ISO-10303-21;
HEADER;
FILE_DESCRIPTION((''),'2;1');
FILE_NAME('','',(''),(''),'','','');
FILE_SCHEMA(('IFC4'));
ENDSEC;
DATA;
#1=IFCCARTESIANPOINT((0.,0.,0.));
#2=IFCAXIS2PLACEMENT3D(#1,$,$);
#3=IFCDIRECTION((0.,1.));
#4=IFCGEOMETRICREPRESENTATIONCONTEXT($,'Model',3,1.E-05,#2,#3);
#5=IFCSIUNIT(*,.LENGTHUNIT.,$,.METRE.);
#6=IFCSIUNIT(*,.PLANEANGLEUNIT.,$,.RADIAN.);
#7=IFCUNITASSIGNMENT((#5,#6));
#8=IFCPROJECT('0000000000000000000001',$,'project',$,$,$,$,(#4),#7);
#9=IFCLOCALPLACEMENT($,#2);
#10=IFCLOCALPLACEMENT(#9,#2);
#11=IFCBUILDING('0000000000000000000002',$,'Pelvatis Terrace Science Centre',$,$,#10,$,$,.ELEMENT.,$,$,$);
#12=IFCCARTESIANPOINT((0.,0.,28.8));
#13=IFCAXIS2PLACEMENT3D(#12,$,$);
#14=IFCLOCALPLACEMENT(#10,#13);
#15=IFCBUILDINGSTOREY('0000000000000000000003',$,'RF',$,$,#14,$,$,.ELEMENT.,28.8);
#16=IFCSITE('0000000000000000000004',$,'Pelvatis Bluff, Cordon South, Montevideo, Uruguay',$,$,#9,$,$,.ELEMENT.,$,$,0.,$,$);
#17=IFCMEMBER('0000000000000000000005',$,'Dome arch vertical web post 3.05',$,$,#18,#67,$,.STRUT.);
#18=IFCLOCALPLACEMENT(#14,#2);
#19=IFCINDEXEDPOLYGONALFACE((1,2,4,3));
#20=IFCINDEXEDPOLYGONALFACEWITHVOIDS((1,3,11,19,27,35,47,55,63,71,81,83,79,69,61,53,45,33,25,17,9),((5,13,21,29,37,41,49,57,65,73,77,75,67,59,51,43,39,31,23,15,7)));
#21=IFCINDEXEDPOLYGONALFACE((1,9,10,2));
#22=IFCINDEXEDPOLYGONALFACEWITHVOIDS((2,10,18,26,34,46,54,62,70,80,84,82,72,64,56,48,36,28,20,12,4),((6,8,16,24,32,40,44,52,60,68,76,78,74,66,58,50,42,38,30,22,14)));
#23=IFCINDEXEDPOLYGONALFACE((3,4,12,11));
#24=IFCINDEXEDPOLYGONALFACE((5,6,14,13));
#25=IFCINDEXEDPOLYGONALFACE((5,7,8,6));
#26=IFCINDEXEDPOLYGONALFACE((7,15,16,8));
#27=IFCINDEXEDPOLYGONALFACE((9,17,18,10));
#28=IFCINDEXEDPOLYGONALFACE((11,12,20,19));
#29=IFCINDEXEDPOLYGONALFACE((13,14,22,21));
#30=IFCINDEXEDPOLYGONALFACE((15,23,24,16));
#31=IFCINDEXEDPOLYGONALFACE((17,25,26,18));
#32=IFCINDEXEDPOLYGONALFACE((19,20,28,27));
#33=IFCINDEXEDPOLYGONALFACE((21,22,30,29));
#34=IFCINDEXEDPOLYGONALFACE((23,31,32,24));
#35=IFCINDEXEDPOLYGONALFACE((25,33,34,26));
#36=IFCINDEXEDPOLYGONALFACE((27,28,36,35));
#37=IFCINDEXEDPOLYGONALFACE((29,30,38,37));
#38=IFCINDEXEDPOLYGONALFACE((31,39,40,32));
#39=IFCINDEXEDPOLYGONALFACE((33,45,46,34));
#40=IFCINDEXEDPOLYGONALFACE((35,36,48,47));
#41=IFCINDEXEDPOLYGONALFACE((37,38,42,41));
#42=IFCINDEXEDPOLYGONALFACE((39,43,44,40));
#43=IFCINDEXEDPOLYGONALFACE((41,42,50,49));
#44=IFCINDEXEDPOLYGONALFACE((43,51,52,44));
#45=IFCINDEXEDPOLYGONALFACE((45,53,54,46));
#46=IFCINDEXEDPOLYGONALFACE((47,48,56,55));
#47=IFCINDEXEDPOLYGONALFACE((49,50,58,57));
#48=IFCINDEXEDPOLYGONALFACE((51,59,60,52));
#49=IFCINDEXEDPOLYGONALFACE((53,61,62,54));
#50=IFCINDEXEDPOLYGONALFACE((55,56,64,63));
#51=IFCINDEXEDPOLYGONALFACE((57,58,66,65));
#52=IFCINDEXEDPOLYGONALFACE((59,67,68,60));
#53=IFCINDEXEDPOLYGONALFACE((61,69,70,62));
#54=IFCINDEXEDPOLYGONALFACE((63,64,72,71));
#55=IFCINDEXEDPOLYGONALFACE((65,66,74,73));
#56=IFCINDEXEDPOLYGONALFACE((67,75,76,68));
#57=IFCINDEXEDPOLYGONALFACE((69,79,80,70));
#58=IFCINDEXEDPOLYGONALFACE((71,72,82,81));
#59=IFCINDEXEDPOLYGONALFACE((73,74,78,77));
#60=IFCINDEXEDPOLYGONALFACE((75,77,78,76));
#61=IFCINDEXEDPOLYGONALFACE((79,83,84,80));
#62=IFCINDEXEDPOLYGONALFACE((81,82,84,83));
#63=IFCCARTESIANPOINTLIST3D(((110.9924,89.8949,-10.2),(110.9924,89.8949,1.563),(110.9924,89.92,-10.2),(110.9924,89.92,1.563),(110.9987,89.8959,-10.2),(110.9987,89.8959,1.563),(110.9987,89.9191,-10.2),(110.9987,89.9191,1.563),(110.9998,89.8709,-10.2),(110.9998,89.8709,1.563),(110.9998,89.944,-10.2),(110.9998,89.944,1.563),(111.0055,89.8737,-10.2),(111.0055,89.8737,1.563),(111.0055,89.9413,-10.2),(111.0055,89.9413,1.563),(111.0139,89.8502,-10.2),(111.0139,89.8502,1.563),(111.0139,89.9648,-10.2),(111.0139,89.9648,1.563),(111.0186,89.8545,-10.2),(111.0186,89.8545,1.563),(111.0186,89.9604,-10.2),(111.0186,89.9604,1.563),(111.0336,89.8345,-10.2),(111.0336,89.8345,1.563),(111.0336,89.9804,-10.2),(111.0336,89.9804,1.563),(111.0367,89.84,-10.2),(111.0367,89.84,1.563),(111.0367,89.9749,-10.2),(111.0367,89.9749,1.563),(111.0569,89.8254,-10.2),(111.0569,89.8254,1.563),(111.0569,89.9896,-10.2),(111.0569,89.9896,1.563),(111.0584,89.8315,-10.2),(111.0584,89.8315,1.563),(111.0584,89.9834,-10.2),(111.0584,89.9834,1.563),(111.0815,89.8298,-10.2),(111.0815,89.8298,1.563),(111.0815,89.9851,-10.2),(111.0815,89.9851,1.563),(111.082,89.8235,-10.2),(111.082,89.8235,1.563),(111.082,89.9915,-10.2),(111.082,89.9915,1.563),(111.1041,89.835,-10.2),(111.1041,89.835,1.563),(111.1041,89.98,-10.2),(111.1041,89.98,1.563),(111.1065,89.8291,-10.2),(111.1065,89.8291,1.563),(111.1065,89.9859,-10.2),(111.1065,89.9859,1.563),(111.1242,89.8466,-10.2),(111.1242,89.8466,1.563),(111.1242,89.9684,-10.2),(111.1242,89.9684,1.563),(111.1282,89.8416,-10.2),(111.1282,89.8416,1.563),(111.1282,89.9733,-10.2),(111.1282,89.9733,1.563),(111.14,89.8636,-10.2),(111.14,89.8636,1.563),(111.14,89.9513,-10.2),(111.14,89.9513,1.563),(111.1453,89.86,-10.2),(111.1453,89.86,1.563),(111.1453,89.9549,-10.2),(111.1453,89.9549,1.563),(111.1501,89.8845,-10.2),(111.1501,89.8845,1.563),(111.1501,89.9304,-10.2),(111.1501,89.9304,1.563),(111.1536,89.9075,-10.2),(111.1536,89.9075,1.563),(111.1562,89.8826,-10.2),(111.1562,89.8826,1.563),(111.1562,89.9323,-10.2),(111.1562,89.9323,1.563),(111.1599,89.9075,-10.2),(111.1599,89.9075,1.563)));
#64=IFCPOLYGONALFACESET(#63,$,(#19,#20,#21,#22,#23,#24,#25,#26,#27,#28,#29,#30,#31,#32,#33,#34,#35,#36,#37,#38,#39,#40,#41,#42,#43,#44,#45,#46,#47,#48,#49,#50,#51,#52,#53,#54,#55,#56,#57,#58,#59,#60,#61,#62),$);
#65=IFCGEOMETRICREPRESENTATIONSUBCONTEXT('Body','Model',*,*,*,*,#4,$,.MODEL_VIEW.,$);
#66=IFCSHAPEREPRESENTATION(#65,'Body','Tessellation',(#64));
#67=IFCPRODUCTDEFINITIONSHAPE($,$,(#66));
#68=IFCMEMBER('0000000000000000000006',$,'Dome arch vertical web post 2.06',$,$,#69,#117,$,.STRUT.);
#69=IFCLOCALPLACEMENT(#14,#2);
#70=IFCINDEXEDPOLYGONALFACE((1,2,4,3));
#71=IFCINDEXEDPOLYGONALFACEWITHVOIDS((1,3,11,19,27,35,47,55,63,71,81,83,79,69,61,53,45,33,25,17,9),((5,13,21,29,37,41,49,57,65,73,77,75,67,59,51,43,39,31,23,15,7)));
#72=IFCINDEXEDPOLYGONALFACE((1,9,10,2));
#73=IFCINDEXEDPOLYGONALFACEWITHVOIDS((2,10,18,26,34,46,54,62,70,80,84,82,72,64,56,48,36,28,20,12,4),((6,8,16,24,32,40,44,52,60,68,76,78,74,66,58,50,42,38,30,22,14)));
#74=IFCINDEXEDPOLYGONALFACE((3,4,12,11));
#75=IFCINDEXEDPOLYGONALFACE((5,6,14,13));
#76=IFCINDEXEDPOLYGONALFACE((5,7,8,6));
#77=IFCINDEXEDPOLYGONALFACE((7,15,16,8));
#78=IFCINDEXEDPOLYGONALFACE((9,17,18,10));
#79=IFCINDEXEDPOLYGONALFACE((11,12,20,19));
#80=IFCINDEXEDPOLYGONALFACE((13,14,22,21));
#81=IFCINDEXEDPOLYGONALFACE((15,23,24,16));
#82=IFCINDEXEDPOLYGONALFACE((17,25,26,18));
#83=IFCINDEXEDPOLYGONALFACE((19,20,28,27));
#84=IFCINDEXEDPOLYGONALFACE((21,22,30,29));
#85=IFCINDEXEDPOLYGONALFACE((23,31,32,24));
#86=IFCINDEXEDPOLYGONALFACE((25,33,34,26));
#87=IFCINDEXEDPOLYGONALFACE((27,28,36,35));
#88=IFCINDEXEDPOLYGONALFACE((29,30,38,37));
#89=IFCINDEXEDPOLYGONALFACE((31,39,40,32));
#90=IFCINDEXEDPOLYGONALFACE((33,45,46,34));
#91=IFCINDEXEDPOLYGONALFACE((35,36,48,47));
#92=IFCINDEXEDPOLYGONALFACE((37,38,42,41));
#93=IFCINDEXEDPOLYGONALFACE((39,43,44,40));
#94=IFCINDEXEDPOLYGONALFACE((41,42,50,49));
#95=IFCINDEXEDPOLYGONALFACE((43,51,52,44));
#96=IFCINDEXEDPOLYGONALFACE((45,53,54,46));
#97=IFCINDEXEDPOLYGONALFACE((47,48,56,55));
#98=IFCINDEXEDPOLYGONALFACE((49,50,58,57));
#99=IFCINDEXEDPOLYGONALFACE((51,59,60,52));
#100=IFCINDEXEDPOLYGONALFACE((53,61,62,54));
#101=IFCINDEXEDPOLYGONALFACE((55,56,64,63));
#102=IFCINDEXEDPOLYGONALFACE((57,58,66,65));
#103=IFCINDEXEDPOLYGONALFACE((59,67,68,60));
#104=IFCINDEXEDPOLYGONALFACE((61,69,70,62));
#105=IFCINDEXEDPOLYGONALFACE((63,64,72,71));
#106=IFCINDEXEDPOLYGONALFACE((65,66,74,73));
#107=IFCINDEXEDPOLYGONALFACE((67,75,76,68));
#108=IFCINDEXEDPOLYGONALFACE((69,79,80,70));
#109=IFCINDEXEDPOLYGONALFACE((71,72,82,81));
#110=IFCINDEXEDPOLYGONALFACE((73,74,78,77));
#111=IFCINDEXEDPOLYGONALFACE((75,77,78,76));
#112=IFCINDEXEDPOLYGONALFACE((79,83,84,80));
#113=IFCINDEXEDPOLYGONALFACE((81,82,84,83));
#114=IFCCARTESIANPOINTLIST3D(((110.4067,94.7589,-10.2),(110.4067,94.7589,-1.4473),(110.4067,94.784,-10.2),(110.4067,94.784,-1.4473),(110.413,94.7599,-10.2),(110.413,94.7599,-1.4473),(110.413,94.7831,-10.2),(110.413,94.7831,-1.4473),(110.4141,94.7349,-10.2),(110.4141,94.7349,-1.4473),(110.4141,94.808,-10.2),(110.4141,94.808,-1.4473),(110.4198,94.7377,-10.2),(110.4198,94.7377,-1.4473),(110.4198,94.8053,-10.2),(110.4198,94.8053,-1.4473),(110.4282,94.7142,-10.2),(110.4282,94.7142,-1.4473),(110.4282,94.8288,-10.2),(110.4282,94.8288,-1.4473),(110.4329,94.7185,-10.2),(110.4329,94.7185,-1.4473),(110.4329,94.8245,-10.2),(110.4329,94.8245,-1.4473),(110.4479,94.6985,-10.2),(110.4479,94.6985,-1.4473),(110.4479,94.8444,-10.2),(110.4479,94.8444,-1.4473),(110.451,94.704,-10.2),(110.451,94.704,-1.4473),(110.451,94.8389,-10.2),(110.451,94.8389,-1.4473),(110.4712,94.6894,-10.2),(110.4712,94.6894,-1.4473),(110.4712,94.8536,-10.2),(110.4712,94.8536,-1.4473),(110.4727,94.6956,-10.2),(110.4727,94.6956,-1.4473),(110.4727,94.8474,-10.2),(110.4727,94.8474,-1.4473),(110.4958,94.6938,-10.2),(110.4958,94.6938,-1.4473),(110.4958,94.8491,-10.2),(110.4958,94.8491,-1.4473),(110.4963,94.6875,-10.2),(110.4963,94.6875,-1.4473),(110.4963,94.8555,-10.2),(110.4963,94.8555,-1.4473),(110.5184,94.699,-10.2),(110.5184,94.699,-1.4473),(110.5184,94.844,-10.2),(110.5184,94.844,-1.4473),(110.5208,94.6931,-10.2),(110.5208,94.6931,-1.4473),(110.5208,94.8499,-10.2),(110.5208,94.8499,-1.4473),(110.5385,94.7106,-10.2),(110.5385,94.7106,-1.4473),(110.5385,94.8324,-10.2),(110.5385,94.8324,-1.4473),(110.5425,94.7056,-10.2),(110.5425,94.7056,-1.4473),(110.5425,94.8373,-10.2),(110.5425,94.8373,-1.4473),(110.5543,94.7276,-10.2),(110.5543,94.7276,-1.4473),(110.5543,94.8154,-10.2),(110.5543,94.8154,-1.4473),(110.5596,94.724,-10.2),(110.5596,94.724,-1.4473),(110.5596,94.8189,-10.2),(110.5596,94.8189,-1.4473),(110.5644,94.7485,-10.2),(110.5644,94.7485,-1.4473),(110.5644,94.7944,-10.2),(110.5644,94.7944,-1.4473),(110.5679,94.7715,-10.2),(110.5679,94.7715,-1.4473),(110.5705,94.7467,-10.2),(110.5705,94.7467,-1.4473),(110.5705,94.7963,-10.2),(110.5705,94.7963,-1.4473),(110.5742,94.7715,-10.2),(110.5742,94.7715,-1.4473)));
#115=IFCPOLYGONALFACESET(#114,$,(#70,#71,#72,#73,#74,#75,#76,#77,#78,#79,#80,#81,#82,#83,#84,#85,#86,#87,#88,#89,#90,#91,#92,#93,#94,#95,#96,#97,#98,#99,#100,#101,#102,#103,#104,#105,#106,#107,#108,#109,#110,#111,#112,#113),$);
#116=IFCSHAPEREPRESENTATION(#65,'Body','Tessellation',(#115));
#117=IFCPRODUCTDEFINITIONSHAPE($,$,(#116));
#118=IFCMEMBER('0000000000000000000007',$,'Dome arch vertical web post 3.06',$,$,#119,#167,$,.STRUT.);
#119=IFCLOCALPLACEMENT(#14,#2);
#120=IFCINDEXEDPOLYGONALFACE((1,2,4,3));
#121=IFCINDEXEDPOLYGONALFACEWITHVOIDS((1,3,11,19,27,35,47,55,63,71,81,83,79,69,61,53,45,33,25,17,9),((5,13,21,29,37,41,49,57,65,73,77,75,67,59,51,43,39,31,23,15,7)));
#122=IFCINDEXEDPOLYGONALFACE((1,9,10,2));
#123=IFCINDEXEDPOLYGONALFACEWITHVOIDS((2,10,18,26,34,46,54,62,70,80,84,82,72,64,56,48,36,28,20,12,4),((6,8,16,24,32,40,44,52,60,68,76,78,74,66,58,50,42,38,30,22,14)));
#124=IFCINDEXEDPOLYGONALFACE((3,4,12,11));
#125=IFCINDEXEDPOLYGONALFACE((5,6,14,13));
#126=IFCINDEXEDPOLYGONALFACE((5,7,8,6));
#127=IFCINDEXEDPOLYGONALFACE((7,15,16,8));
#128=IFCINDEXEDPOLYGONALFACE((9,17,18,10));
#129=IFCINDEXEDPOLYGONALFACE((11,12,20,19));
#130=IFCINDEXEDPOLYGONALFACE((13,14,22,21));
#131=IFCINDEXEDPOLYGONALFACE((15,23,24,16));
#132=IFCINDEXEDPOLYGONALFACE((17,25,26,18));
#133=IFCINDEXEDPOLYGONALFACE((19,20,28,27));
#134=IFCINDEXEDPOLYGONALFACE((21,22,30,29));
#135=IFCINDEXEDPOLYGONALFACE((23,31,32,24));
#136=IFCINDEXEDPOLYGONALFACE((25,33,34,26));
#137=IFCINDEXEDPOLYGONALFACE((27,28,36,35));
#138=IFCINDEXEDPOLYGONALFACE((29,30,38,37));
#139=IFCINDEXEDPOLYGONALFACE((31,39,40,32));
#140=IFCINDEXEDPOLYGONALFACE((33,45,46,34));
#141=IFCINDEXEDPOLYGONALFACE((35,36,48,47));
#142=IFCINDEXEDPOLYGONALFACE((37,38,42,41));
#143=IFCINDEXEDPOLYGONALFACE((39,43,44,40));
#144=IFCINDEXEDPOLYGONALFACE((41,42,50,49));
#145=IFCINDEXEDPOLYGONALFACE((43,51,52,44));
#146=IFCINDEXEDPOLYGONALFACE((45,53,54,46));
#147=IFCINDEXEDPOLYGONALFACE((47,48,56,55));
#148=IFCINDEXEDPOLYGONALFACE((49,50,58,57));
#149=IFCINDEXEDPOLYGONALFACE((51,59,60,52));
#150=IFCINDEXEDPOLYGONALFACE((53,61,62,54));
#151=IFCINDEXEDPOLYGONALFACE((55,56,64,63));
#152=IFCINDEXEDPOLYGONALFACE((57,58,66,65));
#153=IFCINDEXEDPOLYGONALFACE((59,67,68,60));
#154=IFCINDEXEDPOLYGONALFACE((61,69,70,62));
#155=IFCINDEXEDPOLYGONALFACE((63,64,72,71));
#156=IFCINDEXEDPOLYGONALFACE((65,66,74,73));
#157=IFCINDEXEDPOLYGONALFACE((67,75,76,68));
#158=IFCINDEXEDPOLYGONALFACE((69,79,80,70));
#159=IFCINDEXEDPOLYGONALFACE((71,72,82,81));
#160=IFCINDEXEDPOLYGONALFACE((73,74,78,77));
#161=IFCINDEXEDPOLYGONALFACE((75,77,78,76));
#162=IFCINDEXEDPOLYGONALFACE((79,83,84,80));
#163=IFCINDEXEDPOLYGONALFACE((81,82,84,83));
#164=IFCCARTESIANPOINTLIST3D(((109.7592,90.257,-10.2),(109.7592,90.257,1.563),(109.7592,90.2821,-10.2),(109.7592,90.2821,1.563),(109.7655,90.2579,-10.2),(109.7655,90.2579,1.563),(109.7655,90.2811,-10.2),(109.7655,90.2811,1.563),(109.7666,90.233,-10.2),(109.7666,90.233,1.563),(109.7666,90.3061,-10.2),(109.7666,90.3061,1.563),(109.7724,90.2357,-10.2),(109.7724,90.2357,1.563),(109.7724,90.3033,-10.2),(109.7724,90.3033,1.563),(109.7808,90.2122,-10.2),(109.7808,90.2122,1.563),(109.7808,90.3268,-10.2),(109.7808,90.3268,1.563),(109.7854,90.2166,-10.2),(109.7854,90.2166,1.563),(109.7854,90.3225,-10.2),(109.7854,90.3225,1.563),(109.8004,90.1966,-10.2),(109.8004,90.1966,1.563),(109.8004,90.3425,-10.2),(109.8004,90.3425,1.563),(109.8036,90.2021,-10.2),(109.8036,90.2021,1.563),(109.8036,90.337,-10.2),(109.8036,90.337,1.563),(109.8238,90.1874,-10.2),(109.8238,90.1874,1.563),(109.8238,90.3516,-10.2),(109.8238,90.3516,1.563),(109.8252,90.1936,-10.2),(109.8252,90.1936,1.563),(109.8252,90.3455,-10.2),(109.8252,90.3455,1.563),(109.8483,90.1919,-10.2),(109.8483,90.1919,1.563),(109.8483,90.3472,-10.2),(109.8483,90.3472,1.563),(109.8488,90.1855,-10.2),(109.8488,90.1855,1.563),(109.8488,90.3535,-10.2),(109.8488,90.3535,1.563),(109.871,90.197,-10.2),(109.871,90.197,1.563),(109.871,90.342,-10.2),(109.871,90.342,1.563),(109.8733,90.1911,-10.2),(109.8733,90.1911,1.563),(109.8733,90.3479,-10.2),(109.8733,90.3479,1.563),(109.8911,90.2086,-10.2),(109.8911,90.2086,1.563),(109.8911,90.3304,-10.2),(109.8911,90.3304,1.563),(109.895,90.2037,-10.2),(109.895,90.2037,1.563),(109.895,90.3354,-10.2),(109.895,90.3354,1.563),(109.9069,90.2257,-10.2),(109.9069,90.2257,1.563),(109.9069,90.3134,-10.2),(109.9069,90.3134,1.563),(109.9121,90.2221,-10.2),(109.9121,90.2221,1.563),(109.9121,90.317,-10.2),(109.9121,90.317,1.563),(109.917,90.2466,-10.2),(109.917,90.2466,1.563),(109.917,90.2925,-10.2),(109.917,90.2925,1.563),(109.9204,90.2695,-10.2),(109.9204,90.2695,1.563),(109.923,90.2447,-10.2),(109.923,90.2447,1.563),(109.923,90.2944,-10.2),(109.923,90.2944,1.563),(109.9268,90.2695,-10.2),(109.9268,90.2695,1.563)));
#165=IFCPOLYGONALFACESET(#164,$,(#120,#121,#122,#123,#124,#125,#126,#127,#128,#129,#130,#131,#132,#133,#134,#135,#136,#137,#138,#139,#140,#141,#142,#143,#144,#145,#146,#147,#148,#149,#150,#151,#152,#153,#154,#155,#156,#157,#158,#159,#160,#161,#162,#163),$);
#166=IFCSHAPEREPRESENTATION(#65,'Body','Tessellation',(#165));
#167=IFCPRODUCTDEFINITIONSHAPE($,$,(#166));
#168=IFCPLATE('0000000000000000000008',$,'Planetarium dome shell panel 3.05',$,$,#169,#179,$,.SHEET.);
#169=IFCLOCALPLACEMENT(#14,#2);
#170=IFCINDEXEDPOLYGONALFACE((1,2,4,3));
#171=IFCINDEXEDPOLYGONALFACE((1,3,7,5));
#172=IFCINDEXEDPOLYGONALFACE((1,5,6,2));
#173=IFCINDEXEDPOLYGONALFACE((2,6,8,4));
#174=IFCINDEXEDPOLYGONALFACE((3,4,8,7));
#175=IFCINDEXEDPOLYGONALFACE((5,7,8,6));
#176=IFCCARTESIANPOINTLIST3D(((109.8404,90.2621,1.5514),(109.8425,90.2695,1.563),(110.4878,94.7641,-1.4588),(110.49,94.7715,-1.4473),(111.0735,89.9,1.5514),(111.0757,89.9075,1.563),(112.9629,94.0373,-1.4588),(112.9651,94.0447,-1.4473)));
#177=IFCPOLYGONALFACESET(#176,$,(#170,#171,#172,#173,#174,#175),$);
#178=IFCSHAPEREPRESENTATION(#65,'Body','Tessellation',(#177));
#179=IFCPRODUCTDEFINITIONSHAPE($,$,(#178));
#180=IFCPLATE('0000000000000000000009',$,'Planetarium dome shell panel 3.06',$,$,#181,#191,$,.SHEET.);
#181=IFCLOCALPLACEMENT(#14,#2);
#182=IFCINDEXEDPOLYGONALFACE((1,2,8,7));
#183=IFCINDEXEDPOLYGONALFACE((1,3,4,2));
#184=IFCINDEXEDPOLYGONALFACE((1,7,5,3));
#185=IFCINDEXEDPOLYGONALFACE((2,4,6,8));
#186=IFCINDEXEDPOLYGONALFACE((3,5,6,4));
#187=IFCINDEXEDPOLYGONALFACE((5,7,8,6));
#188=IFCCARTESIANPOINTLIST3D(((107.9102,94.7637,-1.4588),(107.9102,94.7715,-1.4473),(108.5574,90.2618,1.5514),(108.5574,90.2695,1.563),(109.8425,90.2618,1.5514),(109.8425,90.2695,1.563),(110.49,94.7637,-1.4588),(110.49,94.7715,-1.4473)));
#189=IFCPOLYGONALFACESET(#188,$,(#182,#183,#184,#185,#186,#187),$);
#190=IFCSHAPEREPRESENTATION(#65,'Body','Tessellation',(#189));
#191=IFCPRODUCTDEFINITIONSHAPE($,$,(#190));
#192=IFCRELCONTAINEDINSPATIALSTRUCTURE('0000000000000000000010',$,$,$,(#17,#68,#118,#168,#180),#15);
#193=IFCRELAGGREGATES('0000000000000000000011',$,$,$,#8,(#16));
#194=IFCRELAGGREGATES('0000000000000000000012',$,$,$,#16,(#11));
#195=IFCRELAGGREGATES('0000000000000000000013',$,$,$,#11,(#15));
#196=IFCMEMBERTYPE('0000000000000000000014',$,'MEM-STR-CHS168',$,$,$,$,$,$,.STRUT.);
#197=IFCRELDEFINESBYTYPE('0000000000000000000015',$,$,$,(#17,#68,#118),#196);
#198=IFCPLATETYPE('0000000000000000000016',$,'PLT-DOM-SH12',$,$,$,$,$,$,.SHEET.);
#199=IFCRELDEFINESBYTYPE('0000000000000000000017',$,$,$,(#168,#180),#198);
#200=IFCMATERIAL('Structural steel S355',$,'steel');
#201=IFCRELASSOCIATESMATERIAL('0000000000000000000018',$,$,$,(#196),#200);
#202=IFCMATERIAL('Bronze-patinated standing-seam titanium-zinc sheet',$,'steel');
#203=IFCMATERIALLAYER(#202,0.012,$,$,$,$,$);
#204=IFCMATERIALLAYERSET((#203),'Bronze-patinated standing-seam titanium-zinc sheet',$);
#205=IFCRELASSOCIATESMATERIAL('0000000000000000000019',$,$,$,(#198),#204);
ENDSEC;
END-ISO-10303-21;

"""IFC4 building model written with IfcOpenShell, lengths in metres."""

from ifc_helpers import new_model, si_unit, direction, frame, origin, origin_2d, place, context, subcontext, project, spatial, polyline, hollow_circle, outline, extrude, material, layer, layer_set, material_profile, profile_set, type_object, element, save


model = new_model("IFC4")

# Units and contexts
model_context = context("Model", 3, precision=1e-05, world=origin(), true_north=direction((0.0, 1.0)))
body_context = subcontext(model_context, "Body", "Model", "MODEL_VIEW")
ifc_project = project(units=[si_unit("LENGTHUNIT", "METRE"), si_unit("PLANEANGLEUNIT", "RADIAN")], contexts=[model_context])

# Site, building, storey
site_placement = place(None, origin())
site = spatial("IfcSite", under=ifc_project, at=site_placement, Name="Pelvatis Bluff, Cordon South, Montevideo, Uruguay", CompositionType="ELEMENT", RefElevation=0.0)
building_placement = place(site_placement, origin())
building = spatial("IfcBuilding", under=site, at=building_placement, Name="Pelvatis Terrace Science Centre", CompositionType="ELEMENT")
storey_placement = place(building_placement, frame((0.0, 0.0, 28.8)))
storey = spatial("IfcBuildingStorey", under=building, at=storey_placement, Name="RF", CompositionType="ELEMENT", Elevation=28.8)

# Members
ifc_material_1 = material(Name="Structural steel S355", Category="steel")
ifc_material_profile_1 = material_profile(ifc_material_1, hollow_circle(Radius=0.0842, WallThickness=0.0063, at=origin_2d()), Name="CHS 168.3x6.3")
ifc_profile_set_1 = profile_set([ifc_material_profile_1], Name="Structural steel S355")
member_type_1 = type_object("IfcMemberType", Name="MEM-STR-CHS168", PredefinedType="STRUT", material=ifc_profile_set_1)
member_1_placement = place(storey_placement, frame((111.0757, 89.9075, -10.2), z_axis=(0.0, 0.0, 1.0), x_axis=(1.0, 0.0, 0.0)))
element("IfcMember", 1, at=member_1_placement, inside=storey, type_object=member_type_1, Name="Dome arch vertical web post 3.05", PredefinedType="STRUT", context=body_context, shape_type="SweptSolid", body=[
    extrude(hollow_circle(Radius=0.0842, WallThickness=0.0063, at=origin_2d()), origin(), (0.0, 0.0, 1.0), 11.7629),
])
member_2_placement = place(storey_placement, frame((110.49, 94.7715, -10.2), z_axis=(0.0, 0.0, 1.0), x_axis=(1.0, 0.0, 0.0)))
element("IfcMember", 2, at=member_2_placement, inside=storey, type_object=member_type_1, Name="Dome arch vertical web post 2.06", PredefinedType="STRUT", context=body_context, shape_type="SweptSolid", body=[
    extrude(hollow_circle(Radius=0.0842, WallThickness=0.0063, at=origin_2d()), origin(), (0.0, 0.0, 1.0), 8.7527),
])
member_3_placement = place(storey_placement, frame((109.8425, 90.2695, -10.2), z_axis=(0.0, 0.0, 1.0), x_axis=(1.0, 0.0, 0.0)))
element("IfcMember", 3, at=member_3_placement, inside=storey, type_object=member_type_1, Name="Dome arch vertical web post 3.06", PredefinedType="STRUT", context=body_context, shape_type="SweptSolid", body=[
    extrude(hollow_circle(Radius=0.0842, WallThickness=0.0063, at=origin_2d()), origin(), (0.0, 0.0, 1.0), 11.7629),
])

# Plates
ifc_material_2 = material(Name="Bronze-patinated standing-seam titanium-zinc sheet", Category="steel")
ifc_layer_1 = layer(ifc_material_2, 0.012)
ifc_layer_set_1 = layer_set([ifc_layer_1], Name="Bronze-patinated standing-seam titanium-zinc sheet")
plate_type_1 = type_object("IfcPlateType", Name="PLT-DOM-SH12", PredefinedType="SHEET", material=ifc_layer_set_1)
plate_1_placement = place(storey_placement, frame((112.9651, 94.0447, -1.4473), z_axis=(0.156603, 0.533326, 0.831287), x_axis=(-0.959489, 0.281747, -0.000006)))
element("IfcPlate", 4, at=plate_1_placement, inside=storey, type_object=plate_type_1, Name="Planetarium dome shell panel 3.05", PredefinedType="SHEET", context=body_context, shape_type="SweptSolid", body=[
    extrude(outline(polyline([(0.0, 0.0), (2.5796, 0.0), (1.9324, 5.4157), (0.6472, 5.4156), (0.0, 0.0)])), origin(), (0.0, 0.0, -1.0), 0.0139),
])
plate_2_placement = place(storey_placement, frame((110.49, 94.7715, -1.4473), z_axis=(0.0, 0.555844, 0.831287), x_axis=(-1.0, 0.0, 0.0)))
element("IfcPlate", 5, at=plate_2_placement, inside=storey, type_object=plate_type_1, Name="Planetarium dome shell panel 3.06", PredefinedType="SHEET", context=body_context, shape_type="SweptSolid", body=[
    extrude(outline(polyline([(0.0, 0.0), (2.5798, 0.0), (1.9326, 5.4156), (0.6475, 5.4156), (0.0, 0.0)])), origin(), (0.0, 0.0, -1.0), 0.0139),
])

save(model, "model.ifc")
